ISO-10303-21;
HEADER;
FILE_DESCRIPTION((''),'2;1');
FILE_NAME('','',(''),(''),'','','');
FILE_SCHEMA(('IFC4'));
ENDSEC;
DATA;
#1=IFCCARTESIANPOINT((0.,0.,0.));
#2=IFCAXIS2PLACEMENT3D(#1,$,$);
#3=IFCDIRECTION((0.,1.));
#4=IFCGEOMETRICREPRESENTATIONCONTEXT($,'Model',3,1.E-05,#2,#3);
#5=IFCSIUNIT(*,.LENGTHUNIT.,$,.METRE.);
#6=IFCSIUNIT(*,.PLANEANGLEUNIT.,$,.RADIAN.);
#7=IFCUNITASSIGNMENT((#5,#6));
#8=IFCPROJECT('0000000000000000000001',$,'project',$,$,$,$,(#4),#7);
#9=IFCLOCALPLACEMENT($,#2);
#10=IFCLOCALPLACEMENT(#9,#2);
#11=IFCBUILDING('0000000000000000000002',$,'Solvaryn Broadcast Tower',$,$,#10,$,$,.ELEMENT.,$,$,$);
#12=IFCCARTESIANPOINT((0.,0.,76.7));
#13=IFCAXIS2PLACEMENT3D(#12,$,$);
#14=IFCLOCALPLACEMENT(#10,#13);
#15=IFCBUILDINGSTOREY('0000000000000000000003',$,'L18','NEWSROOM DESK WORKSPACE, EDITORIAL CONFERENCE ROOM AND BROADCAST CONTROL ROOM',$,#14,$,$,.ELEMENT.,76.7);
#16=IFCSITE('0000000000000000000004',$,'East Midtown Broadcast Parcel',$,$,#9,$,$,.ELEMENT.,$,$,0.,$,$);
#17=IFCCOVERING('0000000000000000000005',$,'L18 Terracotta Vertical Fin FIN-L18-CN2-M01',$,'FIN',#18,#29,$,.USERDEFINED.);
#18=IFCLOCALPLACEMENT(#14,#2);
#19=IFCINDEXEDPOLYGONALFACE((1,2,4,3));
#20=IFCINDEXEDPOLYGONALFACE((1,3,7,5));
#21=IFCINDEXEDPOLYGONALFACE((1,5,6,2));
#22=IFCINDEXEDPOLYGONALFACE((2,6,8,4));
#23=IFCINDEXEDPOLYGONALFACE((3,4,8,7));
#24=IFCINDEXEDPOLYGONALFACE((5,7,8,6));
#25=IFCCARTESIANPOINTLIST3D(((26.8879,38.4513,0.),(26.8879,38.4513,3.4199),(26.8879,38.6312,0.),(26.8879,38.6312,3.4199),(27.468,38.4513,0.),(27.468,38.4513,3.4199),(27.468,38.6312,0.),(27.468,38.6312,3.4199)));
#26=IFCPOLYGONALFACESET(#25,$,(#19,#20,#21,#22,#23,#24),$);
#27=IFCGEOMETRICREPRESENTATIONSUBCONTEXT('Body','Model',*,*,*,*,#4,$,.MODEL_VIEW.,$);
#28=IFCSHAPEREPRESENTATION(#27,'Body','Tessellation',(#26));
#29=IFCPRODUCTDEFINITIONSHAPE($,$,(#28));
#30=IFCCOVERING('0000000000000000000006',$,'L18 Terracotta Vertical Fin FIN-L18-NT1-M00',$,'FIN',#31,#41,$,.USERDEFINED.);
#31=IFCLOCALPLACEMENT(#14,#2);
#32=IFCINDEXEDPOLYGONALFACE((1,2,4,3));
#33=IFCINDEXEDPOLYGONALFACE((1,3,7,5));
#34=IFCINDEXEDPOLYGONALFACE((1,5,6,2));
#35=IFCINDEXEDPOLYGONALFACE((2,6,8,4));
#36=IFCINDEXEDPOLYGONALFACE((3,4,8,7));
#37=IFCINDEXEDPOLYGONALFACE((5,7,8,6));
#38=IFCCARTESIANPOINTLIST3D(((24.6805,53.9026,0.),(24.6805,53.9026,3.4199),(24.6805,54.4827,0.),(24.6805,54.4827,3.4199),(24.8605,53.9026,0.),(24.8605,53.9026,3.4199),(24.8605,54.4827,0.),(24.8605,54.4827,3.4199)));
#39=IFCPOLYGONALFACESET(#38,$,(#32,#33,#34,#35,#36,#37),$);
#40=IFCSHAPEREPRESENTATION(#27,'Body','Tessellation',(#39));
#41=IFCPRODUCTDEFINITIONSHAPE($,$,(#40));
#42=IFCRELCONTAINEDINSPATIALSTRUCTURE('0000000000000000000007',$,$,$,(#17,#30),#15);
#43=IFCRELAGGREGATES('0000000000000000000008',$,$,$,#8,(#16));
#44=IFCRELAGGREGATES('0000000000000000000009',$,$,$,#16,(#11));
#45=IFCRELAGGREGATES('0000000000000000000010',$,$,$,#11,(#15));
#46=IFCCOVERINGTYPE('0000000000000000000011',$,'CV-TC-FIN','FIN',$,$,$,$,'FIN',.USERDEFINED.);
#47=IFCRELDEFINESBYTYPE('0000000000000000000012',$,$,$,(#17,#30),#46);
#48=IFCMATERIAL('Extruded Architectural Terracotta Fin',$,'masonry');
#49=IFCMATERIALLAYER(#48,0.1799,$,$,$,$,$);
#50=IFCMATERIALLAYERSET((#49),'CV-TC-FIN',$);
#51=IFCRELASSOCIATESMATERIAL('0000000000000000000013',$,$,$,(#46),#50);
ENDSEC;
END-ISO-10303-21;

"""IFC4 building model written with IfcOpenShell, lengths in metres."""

from ifc_helpers import new_model, si_unit, direction, frame, origin, origin_2d, place, context, subcontext, project, spatial, rectangle, extrude, material, layer, layer_set, type_object, element, save


model = new_model("IFC4")

# Units and contexts
model_context = context("Model", 3, precision=1e-05, world=origin(), true_north=direction((0.0, 1.0)))
body_context = subcontext(model_context, "Body", "Model", "MODEL_VIEW")
ifc_project = project(units=[si_unit("LENGTHUNIT", "METRE"), si_unit("PLANEANGLEUNIT", "RADIAN")], contexts=[model_context])

# Site, building, storey
site_placement = place(None, origin())
site = spatial("IfcSite", under=ifc_project, at=site_placement, Name="East Midtown Broadcast Parcel", CompositionType="ELEMENT", RefElevation=0.0)
building_placement = place(site_placement, origin())
building = spatial("IfcBuilding", under=site, at=building_placement, Name="Solvaryn Broadcast Tower", CompositionType="ELEMENT")
storey_placement = place(building_placement, frame((0.0, 0.0, 76.7)))
storey = spatial("IfcBuildingStorey", under=building, at=storey_placement, Name="L18", Description="NEWSROOM DESK WORKSPACE, EDITORIAL CONFERENCE ROOM AND BROADCAST CONTROL ROOM", CompositionType="ELEMENT", Elevation=76.7)

# Coverings
ifc_material_1 = material(Name="Extruded Architectural Terracotta Fin", Category="masonry")
ifc_layer_1 = layer(ifc_material_1, 0.1799)
ifc_layer_set_1 = layer_set([ifc_layer_1], Name="CV-TC-FIN")
covering_type = type_object("IfcCoveringType", Name="CV-TC-FIN", Description="FIN", ElementType="FIN", PredefinedType="USERDEFINED", material=ifc_layer_set_1)
for number, where, z_axis, x_axis, name in (
    (1, (27.178, 38.5413, 0.0), (0.0, 0.0, 1.0), (1.0, 0.0, 0.0), "L18 Terracotta Vertical Fin FIN-L18-CN2-M01"),
):
    element("IfcCovering", number, at=place(storey_placement, frame(where, z_axis=z_axis, x_axis=x_axis)), inside=storey, type_object=covering_type, Name=name, ObjectType="FIN", PredefinedType="USERDEFINED", context=body_context, shape_type="SweptSolid", body=[
        extrude(rectangle(XDim=0.5801, YDim=0.1799, at=origin_2d()), origin(), (0.0, 0.0, 1.0), 3.4199),
    ])
covering_1_placement = place(storey_placement, frame((24.7705, 54.1926, 0.0), z_axis=(0.0, 0.0, 1.0), x_axis=(1.0, 0.0, 0.0)))
element("IfcCovering", 2, at=covering_1_placement, inside=storey, type_object=covering_type, Name="L18 Terracotta Vertical Fin FIN-L18-NT1-M00", ObjectType="FIN", PredefinedType="USERDEFINED", context=body_context, shape_type="SweptSolid", body=[
    extrude(rectangle(XDim=0.1799, YDim=0.5801, at=origin_2d()), origin(), (0.0, 0.0, 1.0), 3.4199),
])

save(model, "model.ifc")
